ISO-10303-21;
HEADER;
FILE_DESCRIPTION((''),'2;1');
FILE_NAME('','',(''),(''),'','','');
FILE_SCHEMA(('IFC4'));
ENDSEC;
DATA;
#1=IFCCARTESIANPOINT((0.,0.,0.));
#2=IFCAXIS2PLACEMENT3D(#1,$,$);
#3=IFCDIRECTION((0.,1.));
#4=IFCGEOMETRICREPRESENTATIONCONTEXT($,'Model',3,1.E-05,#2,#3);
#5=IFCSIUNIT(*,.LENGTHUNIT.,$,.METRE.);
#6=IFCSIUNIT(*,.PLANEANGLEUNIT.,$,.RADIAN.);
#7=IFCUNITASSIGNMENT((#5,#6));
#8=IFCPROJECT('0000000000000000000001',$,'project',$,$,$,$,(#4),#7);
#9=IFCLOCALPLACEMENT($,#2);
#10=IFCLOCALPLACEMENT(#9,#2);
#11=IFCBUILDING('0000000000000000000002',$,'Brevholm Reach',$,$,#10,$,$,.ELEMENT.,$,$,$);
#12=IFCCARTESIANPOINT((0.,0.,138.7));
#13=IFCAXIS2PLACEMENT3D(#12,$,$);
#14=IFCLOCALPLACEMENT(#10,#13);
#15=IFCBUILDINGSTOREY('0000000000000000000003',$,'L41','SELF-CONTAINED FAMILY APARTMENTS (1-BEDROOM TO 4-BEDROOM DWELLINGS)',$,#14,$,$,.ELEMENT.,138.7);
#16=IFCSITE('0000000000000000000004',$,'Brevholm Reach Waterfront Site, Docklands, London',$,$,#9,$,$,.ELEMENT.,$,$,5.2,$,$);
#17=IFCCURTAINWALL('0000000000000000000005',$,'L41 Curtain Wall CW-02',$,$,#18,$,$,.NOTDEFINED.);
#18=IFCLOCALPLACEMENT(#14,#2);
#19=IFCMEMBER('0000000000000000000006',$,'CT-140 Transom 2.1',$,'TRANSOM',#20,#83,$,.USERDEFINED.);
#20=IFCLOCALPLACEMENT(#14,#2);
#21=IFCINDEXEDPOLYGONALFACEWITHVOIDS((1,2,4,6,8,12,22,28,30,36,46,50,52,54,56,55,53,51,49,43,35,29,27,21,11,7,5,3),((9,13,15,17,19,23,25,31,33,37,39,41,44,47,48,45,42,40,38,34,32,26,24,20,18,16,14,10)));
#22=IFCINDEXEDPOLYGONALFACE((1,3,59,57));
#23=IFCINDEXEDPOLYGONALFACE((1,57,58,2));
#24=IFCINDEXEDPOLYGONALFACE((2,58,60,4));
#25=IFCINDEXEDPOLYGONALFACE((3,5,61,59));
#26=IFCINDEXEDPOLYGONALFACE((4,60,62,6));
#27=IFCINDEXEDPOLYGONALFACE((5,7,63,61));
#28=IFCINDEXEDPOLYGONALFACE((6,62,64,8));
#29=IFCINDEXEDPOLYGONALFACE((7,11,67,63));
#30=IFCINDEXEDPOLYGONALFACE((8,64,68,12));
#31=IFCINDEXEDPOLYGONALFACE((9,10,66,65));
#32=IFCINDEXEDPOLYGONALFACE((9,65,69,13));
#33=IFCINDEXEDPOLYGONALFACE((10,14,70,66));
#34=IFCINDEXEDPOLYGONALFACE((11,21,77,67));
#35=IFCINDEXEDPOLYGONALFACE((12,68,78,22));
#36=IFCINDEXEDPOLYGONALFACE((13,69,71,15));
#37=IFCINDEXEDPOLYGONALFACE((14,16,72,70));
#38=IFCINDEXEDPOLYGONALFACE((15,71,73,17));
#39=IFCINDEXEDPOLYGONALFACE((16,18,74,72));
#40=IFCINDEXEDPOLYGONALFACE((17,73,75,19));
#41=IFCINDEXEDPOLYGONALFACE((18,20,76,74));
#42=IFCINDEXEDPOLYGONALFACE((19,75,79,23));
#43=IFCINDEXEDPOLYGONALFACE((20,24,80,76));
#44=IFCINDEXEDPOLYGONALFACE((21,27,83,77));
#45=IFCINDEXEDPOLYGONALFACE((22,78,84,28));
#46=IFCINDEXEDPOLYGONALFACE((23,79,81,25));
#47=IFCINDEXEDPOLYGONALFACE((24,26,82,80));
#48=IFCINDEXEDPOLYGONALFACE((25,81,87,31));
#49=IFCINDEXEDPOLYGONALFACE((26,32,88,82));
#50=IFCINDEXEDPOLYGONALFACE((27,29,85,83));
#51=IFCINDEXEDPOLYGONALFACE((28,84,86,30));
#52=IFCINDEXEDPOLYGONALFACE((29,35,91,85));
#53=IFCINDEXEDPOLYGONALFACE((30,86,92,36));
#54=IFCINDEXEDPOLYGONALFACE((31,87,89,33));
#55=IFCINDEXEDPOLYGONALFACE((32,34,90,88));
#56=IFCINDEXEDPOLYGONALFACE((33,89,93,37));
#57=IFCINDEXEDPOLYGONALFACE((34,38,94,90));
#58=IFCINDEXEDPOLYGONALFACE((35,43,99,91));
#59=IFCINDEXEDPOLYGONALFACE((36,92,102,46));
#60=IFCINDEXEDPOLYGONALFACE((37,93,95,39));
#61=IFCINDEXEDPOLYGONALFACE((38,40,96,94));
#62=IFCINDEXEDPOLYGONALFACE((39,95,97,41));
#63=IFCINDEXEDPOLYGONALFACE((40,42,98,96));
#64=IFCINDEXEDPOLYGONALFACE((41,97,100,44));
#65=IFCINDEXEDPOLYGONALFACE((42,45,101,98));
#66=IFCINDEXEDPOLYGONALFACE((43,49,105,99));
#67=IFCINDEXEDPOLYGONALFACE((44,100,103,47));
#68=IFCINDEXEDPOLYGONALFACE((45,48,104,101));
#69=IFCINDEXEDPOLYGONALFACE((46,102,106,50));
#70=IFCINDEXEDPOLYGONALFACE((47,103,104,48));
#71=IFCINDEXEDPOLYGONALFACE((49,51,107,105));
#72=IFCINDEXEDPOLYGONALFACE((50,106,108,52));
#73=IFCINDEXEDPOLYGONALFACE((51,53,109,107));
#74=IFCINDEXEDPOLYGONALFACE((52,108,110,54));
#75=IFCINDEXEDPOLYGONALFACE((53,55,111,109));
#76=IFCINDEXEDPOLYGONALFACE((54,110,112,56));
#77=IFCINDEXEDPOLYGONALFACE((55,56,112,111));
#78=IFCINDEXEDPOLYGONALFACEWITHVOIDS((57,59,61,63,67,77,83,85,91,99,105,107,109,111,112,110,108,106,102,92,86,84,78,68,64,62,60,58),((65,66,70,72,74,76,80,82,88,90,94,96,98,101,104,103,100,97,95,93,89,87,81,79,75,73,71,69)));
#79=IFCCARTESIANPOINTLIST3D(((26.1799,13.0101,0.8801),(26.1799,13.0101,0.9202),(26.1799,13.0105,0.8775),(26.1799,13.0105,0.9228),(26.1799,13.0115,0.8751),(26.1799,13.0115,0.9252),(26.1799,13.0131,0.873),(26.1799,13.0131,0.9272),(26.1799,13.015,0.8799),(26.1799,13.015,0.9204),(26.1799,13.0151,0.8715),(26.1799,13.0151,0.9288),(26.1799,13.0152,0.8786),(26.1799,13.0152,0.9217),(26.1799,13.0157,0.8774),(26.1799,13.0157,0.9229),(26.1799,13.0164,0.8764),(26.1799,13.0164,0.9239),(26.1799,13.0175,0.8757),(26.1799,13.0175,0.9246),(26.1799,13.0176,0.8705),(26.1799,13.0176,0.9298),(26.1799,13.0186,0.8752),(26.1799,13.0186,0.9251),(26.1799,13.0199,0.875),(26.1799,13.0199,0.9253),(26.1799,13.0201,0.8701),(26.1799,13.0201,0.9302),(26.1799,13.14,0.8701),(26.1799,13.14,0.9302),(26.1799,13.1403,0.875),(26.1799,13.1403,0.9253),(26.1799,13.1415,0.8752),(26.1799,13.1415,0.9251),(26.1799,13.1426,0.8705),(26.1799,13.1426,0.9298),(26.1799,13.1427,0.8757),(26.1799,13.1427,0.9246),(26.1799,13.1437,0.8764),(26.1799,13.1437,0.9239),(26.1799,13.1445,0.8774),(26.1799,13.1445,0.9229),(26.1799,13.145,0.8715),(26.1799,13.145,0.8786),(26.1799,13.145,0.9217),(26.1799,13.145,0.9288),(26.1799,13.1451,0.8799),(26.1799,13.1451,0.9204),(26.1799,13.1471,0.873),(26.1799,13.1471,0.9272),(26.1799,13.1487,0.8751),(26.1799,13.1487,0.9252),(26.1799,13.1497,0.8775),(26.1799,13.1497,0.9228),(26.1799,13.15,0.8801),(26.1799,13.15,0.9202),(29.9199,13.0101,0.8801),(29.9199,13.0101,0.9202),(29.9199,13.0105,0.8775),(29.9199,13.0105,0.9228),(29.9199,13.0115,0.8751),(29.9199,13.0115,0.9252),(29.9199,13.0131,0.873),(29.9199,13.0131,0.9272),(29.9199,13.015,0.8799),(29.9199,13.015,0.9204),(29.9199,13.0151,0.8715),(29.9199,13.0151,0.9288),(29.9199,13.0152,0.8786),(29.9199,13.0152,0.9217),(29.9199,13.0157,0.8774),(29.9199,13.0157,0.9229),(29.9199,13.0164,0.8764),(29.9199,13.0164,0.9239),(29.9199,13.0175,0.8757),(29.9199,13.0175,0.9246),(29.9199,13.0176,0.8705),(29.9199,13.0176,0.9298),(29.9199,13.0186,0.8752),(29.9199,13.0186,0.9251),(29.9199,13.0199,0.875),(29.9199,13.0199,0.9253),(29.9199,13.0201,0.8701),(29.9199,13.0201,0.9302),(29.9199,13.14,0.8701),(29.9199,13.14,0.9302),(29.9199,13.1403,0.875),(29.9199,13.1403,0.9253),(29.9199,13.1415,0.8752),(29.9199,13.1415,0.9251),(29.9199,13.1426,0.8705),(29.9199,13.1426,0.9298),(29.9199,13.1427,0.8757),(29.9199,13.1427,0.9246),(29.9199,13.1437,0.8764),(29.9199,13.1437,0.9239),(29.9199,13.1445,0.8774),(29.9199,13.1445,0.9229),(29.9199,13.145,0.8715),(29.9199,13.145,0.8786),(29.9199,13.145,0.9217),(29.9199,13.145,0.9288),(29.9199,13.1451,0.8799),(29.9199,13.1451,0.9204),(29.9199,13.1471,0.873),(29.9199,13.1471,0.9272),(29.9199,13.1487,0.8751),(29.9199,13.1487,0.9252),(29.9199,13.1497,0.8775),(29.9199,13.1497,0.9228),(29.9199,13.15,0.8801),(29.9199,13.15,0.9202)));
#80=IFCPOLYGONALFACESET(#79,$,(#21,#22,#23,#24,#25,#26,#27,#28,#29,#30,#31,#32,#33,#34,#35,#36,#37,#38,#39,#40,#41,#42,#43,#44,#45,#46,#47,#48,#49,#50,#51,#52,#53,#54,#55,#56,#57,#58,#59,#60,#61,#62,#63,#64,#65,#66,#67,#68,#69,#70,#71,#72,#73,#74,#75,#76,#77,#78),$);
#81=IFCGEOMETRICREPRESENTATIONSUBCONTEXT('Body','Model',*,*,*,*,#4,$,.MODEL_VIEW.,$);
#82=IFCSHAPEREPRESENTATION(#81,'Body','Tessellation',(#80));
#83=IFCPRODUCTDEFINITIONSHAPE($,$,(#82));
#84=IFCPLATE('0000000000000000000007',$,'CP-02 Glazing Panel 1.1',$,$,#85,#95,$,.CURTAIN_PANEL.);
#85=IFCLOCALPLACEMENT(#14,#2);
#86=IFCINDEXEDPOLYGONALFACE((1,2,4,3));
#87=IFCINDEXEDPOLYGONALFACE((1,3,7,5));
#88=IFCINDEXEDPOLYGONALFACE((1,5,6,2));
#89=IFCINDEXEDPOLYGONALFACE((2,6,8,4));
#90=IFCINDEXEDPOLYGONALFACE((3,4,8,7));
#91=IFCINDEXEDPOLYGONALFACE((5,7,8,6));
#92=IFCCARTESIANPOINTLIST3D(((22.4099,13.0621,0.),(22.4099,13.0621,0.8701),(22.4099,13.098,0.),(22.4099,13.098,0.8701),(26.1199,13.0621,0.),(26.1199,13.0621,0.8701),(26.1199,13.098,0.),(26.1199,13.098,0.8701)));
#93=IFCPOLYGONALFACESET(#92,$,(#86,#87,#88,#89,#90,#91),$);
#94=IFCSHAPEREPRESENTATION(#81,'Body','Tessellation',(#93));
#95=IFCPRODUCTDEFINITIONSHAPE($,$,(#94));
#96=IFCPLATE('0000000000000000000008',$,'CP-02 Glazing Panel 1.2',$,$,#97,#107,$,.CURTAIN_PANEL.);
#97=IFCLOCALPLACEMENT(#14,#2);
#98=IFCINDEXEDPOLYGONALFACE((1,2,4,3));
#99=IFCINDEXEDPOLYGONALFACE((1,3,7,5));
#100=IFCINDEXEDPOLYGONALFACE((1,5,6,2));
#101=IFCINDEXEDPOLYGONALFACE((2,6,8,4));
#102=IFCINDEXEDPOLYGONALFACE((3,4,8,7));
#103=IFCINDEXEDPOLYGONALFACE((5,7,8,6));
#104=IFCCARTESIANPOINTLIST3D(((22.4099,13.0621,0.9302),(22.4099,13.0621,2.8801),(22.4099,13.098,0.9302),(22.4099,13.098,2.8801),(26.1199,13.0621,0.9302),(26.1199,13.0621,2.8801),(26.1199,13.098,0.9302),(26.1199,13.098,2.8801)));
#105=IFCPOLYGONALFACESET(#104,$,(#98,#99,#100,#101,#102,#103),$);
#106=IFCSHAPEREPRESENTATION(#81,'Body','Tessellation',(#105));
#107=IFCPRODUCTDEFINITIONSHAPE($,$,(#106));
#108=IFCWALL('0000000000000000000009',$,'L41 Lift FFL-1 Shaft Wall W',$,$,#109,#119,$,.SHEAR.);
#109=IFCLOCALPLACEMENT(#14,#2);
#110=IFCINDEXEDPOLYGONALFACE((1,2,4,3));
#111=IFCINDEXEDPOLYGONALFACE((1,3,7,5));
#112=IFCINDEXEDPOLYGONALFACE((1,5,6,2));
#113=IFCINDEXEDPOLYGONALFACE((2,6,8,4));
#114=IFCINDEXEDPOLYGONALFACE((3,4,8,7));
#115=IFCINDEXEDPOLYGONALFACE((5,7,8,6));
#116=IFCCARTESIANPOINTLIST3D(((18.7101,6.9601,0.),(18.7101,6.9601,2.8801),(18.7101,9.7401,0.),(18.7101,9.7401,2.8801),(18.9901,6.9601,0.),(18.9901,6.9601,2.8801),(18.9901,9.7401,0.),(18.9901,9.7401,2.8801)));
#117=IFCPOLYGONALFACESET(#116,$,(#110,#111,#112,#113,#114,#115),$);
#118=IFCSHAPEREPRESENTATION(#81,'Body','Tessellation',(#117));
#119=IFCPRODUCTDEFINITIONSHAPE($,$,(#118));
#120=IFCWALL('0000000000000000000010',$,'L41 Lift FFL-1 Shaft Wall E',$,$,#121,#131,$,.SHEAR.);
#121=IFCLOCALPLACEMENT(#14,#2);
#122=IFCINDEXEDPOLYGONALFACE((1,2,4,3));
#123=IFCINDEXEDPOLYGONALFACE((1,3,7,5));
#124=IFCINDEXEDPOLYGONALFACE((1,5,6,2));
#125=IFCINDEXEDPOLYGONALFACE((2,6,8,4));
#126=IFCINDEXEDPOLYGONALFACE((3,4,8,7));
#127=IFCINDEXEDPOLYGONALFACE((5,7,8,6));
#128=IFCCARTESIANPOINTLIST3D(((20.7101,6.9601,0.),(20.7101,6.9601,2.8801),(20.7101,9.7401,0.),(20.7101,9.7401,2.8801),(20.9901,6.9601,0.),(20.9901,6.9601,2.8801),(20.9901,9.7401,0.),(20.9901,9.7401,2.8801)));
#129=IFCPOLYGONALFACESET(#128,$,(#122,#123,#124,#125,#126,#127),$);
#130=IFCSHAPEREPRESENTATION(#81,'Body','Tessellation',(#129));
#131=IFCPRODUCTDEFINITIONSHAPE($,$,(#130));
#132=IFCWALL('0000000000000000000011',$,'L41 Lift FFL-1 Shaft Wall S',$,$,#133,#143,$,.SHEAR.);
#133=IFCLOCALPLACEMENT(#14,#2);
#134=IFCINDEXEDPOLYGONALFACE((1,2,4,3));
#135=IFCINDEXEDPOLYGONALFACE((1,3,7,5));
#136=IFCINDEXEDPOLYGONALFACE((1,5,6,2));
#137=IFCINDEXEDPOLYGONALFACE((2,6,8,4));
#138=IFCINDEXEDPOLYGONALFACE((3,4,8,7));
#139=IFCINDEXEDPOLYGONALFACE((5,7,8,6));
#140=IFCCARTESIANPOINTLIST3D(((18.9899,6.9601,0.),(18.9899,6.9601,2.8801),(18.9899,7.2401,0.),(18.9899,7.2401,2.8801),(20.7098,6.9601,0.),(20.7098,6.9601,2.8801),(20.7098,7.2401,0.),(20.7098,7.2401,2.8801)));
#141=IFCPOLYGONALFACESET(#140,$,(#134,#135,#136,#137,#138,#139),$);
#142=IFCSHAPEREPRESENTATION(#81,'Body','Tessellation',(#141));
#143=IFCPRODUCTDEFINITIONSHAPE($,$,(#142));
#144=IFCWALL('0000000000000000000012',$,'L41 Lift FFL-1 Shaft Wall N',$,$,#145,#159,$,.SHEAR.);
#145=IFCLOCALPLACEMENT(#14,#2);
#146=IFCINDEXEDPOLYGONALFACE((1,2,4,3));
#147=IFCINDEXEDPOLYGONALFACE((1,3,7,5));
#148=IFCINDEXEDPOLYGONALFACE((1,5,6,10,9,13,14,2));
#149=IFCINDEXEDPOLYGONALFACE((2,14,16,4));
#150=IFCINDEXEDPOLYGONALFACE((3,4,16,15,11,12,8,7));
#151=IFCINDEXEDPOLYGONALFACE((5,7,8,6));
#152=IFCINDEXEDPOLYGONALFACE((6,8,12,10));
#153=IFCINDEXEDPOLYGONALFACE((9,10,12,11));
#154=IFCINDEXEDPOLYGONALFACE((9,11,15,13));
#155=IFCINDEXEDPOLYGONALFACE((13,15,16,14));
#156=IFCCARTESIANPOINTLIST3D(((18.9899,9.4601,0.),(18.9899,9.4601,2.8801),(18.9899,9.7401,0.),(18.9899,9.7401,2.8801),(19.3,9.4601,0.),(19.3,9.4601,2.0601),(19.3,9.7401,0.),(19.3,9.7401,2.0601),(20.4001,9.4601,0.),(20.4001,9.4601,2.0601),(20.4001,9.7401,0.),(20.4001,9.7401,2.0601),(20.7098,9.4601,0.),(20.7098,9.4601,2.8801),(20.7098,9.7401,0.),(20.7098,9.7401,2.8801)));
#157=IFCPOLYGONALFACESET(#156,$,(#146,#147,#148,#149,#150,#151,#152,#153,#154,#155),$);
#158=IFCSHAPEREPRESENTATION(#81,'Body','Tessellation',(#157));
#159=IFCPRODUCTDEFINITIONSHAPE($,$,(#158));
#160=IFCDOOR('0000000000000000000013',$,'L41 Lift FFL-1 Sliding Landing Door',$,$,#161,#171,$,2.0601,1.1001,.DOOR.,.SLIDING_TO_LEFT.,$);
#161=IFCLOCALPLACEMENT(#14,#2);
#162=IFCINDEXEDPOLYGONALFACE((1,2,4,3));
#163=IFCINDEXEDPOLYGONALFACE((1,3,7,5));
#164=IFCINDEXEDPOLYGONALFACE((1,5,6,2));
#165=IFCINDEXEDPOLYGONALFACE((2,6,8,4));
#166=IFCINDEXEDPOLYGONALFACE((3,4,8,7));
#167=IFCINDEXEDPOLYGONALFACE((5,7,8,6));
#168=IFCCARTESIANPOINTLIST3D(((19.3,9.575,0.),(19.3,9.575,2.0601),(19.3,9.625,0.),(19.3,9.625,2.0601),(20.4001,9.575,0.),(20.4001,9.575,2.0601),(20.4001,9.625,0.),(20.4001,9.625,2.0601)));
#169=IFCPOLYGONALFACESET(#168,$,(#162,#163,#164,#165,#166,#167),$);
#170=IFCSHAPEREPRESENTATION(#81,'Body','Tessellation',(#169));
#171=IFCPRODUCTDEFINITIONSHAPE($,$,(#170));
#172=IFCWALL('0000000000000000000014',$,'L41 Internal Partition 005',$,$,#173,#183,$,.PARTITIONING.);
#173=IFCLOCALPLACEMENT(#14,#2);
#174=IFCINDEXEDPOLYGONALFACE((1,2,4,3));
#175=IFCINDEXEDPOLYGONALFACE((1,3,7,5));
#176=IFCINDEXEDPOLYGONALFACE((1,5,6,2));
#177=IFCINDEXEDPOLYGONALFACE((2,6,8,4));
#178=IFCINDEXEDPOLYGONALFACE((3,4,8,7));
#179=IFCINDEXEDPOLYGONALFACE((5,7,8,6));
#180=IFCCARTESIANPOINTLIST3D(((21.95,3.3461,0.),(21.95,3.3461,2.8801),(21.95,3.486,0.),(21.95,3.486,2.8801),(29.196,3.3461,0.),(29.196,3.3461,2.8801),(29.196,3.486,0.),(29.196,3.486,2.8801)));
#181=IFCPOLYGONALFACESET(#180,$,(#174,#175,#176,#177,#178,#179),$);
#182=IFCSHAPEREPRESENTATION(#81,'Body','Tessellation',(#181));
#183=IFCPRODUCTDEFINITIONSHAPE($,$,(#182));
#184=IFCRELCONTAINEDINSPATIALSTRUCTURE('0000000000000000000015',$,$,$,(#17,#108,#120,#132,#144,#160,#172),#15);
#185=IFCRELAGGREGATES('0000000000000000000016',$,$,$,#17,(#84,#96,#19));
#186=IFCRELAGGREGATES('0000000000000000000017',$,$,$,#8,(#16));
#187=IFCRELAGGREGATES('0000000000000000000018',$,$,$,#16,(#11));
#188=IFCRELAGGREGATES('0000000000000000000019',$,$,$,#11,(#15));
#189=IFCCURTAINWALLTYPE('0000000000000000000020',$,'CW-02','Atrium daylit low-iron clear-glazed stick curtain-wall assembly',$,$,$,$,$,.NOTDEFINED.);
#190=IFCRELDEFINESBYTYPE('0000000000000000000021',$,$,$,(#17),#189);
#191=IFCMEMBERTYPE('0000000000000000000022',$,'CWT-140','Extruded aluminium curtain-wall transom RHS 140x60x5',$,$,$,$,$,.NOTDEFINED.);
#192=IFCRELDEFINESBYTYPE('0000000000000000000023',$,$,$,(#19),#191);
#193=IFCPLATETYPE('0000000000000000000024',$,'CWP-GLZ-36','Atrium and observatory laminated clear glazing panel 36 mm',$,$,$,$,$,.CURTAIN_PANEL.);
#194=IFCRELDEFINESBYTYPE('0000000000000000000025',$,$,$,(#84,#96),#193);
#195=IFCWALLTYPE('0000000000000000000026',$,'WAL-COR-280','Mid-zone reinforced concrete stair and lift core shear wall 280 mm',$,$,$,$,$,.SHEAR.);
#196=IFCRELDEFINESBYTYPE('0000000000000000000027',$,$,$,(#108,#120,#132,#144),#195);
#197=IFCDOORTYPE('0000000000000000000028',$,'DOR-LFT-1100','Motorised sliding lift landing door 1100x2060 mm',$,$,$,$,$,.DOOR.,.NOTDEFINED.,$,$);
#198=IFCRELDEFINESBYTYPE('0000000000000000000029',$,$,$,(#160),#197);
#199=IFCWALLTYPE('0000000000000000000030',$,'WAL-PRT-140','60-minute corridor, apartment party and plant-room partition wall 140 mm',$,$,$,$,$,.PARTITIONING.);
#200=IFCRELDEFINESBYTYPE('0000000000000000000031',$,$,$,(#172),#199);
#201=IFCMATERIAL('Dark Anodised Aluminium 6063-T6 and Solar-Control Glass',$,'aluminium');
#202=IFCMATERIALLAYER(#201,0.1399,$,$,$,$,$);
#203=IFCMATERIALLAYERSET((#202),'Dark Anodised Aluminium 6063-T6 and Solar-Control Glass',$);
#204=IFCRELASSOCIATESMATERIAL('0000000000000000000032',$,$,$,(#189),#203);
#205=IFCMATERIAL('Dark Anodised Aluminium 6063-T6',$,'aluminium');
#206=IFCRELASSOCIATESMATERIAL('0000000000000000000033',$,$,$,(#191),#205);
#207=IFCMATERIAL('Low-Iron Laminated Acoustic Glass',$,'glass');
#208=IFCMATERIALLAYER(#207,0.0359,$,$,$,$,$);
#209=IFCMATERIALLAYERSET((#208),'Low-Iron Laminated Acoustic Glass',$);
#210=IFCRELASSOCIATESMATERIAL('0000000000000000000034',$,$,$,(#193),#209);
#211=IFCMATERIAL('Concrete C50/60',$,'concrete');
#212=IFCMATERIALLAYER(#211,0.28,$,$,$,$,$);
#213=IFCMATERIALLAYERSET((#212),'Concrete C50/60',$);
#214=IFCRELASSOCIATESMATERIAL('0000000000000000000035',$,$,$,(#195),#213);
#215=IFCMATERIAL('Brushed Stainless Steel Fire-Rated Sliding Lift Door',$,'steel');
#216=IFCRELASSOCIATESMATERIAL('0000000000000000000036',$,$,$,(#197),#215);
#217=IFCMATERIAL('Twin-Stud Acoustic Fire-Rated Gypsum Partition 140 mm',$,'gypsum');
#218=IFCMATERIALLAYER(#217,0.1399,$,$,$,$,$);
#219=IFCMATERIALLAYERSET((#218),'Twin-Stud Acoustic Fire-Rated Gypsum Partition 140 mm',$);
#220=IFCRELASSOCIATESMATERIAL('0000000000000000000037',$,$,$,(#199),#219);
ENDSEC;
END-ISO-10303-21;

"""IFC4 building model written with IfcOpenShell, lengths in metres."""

from ifc_helpers import new_model, si_unit, direction, frame, frame_2d, origin, origin_2d, place, context, subcontext, project, spatial, rectangle, hollow_rectangle, extrude, material, layer, layer_set, material_profile, profile_set, type_object, element, fill, aggregate, save


model = new_model("IFC4")

# Units and contexts
model_context = context("Model", 3, precision=1e-05, world=origin(), true_north=direction((0.0, 1.0)))
body_context = subcontext(model_context, "Body", "Model", "MODEL_VIEW")
ifc_project = project(units=[si_unit("LENGTHUNIT", "METRE"), si_unit("PLANEANGLEUNIT", "RADIAN")], contexts=[model_context])

# Site, building, storey
site_placement = place(None, origin())
site = spatial("IfcSite", under=ifc_project, at=site_placement, Name="Brevholm Reach Waterfront Site, Docklands, London", CompositionType="ELEMENT", RefElevation=5.2)
building_placement = place(site_placement, origin())
building = spatial("IfcBuilding", under=site, at=building_placement, Name="Brevholm Reach", CompositionType="ELEMENT")
storey_placement = place(building_placement, frame((0.0, 0.0, 138.7)))
storey = spatial("IfcBuildingStorey", under=building, at=storey_placement, Name="L41", Description="SELF-CONTAINED FAMILY APARTMENTS (1-BEDROOM TO 4-BEDROOM DWELLINGS)", CompositionType="ELEMENT", Elevation=138.7)

# Curtain wall, member, plates
ifc_material_1 = material(Name="Dark Anodised Aluminium 6063-T6 and Solar-Control Glass", Category="aluminium")
ifc_layer_1 = layer(ifc_material_1, 0.1399)
ifc_layer_set_1 = layer_set([ifc_layer_1], Name="Dark Anodised Aluminium 6063-T6 and Solar-Control Glass")
curtain_wall_type = type_object("IfcCurtainWallType", Name="CW-02", Description="Atrium daylit low-iron clear-glazed stick curtain-wall assembly", PredefinedType="NOTDEFINED", material=ifc_layer_set_1)
curtain_wall_placement = place(storey_placement, origin())
curtain_wall = element("IfcCurtainWall", 1, at=curtain_wall_placement, inside=storey, type_object=curtain_wall_type, Name="L41 Curtain Wall CW-02", PredefinedType="NOTDEFINED")
ifc_material_2 = material(Name="Dark Anodised Aluminium 6063-T6", Category="aluminium")
ifc_material_profile_1 = material_profile(ifc_material_2, hollow_rectangle(XDim=0.0601, YDim=0.1399, WallThickness=0.0049, InnerFilletRadius=0.0049, OuterFilletRadius=0.01, at=origin_2d()), Name="RHS 140x60x5")
ifc_profile_set_1 = profile_set([ifc_material_profile_1], Name="Dark Anodised Aluminium 6063-T6")
member_type_1 = type_object("IfcMemberType", Name="CWT-140", Description="Extruded aluminium curtain-wall transom RHS 140x60x5", PredefinedType="NOTDEFINED", material=ifc_profile_set_1)
member_1_placement = place(storey_placement, frame((26.1799, 13.0801, 0.9001), z_axis=(1.0, 0.0, 0.0), x_axis=(0.0, 0.0, 1.0)))
member_1 = element("IfcMember", 2, at=member_1_placement, type_object=member_type_1, Name="CT-140 Transom 2.1", ObjectType="TRANSOM", PredefinedType="USERDEFINED", context=body_context, shape_type="SweptSolid", body=[
    extrude(hollow_rectangle(XDim=0.0601, YDim=0.1399, WallThickness=0.0049, InnerFilletRadius=0.0049, OuterFilletRadius=0.01, at=origin_2d()), origin(), (0.0, 0.0, 1.0), 3.74),
])
ifc_material_3 = material(Name="Low-Iron Laminated Acoustic Glass", Category="glass")
ifc_layer_2 = layer(ifc_material_3, 0.0359)
ifc_layer_set_2 = layer_set([ifc_layer_2], Name="Low-Iron Laminated Acoustic Glass")
plate_type = type_object("IfcPlateType", Name="CWP-GLZ-36", Description="Atrium and observatory laminated clear glazing panel 36 mm", PredefinedType="CURTAIN_PANEL", material=ifc_layer_set_2)
plate_1_placement = place(storey_placement, frame((24.2649, 13.0801, 0.0), z_axis=(0.0, 0.0, 1.0), x_axis=(1.0, 0.0, 0.0)))
plate_1 = element("IfcPlate", 3, at=plate_1_placement, type_object=plate_type, Name="CP-02 Glazing Panel 1.1", PredefinedType="CURTAIN_PANEL", context=body_context, shape_type="SweptSolid", body=[
    extrude(rectangle(XDim=3.71, YDim=0.0359, at=origin_2d()), origin(), (0.0, 0.0, 1.0), 0.8701),
])
plate_2_placement = place(storey_placement, frame((24.2649, 13.0801, 0.9302), z_axis=(0.0, 0.0, 1.0), x_axis=(1.0, 0.0, 0.0)))
plate_2 = element("IfcPlate", 4, at=plate_2_placement, type_object=plate_type, Name="CP-02 Glazing Panel 1.2", PredefinedType="CURTAIN_PANEL", context=body_context, shape_type="SweptSolid", body=[
    extrude(rectangle(XDim=3.71, YDim=0.0359, at=origin_2d()), origin(), (0.0, 0.0, 1.0), 1.95),
])
aggregate(curtain_wall, [plate_1, plate_2, member_1])

# Walls
ifc_material_4 = material(Name="Concrete C50/60", Category="concrete")
ifc_layer_3 = layer(ifc_material_4, 0.28)
ifc_layer_set_3 = layer_set([ifc_layer_3], Name="Concrete C50/60")
wall_type_1 = type_object("IfcWallType", Name="WAL-COR-280", Description="Mid-zone reinforced concrete stair and lift core shear wall 280 mm", PredefinedType="SHEAR", material=ifc_layer_set_3)
for number, where, z_axis, x_axis, name in (
    (5, (18.8501, 6.96, 0.0), (0.0, 0.0, 1.0), (0.0, 1.0, 0.0), "L41 Lift FFL-1 Shaft Wall W"),
    (6, (20.8501, 6.96, 0.0), (0.0, 0.0, 1.0), (0.0, 1.0, 0.0), "L41 Lift FFL-1 Shaft Wall E"),
):
    element("IfcWall", number, at=place(storey_placement, frame(where, z_axis=z_axis, x_axis=x_axis)), inside=storey, type_object=wall_type_1, Name=name, PredefinedType="SHEAR", context=body_context, shape_type="SweptSolid", body=[
        extrude(rectangle(XDim=2.78, YDim=0.28, at=frame_2d((1.3901, 0.0))), origin(), (0.0, 0.0, 1.0), 2.8801),
    ])
wall_1_placement = place(storey_placement, frame((18.99, 7.1001, 0.0), z_axis=(0.0, 0.0, 1.0), x_axis=(1.0, 0.0, 0.0)))
element("IfcWall", 7, at=wall_1_placement, inside=storey, type_object=wall_type_1, Name="L41 Lift FFL-1 Shaft Wall S", PredefinedType="SHEAR", context=body_context, shape_type="SweptSolid", body=[
    extrude(rectangle(XDim=1.72, YDim=0.28, at=frame_2d((0.8599, 0.0))), origin(), (0.0, 0.0, 1.0), 2.8801),
])

# Wall, opening, door
wall_2_placement = place(storey_placement, frame((18.99, 9.6001, 0.0), z_axis=(0.0, 0.0, 1.0), x_axis=(1.0, 0.0, 0.0)))
wall_2 = element("IfcWall", 8, at=wall_2_placement, inside=storey, type_object=wall_type_1, Name="L41 Lift FFL-1 Shaft Wall N", PredefinedType="SHEAR", context=body_context, shape_type="SweptSolid", body=[
    extrude(rectangle(XDim=1.72, YDim=0.28, at=frame_2d((0.8599, 0.0))), origin(), (0.0, 0.0, 1.0), 2.8801),
])
opening_1_placement = place(wall_2_placement, frame((0.3101, 0.0, 0.0)))
opening_1 = element("IfcOpeningElement", 9, at=opening_1_placement, cuts=wall_2, PredefinedType="OPENING", context=body_context, shape_type="SweptSolid", body=[
    extrude(rectangle(XDim=1.1001, YDim=2.0601, at=frame_2d((0.55, 1.03))), frame((0.0, 0.1499, 0.0), z_axis=(0.0, -1.0, 0.0), x_axis=(1.0, 0.0, 0.0)), (0.0, 0.0, 1.0), 0.3),
])
ifc_material_5 = material(Name="Brushed Stainless Steel Fire-Rated Sliding Lift Door", Category="steel")
door_type_1 = type_object("IfcDoorType", Name="DOR-LFT-1100", Description="Motorised sliding lift landing door 1100x2060 mm", OperationType="NOTDEFINED", PredefinedType="DOOR", material=ifc_material_5)
door_1_placement = place(opening_1_placement, origin())
door_1 = element("IfcDoor", 10, at=door_1_placement, inside=storey, type_object=door_type_1, Name="L41 Lift FFL-1 Sliding Landing Door", OperationType="SLIDING_TO_LEFT", OverallHeight=2.0601, OverallWidth=1.1001, PredefinedType="DOOR", context=body_context, shape_type="SweptSolid", body=[
    extrude(rectangle(XDim=1.1001, YDim=2.0601, at=frame_2d((0.55, 1.03))), frame((0.0, 0.0249, 0.0), z_axis=(0.0, -1.0, 0.0), x_axis=(1.0, 0.0, 0.0)), (0.0, 0.0, 1.0), 0.05),
])
fill(opening_1, door_1)

# Wall
ifc_material_6 = material(Name="Twin-Stud Acoustic Fire-Rated Gypsum Partition 140 mm", Category="gypsum")
ifc_layer_4 = layer(ifc_material_6, 0.1399)
ifc_layer_set_4 = layer_set([ifc_layer_4], Name="Twin-Stud Acoustic Fire-Rated Gypsum Partition 140 mm")
wall_type_2 = type_object("IfcWallType", Name="WAL-PRT-140", Description="60-minute corridor, apartment party and plant-room partition wall 140 mm", PredefinedType="PARTITIONING", material=ifc_layer_set_4)
wall_3_placement = place(storey_placement, frame((21.95, 3.416, 0.0), z_axis=(0.0, 0.0, 1.0), x_axis=(1.0, 0.0, 0.0)))
element("IfcWall", 11, at=wall_3_placement, inside=storey, type_object=wall_type_2, Name="L41 Internal Partition 005", PredefinedType="PARTITIONING", context=body_context, shape_type="SweptSolid", body=[
    extrude(rectangle(XDim=7.2461, YDim=0.1399, at=frame_2d((3.623, 0.0))), origin(), (0.0, 0.0, 1.0), 2.8801),
])

save(model, "model.ifc")
